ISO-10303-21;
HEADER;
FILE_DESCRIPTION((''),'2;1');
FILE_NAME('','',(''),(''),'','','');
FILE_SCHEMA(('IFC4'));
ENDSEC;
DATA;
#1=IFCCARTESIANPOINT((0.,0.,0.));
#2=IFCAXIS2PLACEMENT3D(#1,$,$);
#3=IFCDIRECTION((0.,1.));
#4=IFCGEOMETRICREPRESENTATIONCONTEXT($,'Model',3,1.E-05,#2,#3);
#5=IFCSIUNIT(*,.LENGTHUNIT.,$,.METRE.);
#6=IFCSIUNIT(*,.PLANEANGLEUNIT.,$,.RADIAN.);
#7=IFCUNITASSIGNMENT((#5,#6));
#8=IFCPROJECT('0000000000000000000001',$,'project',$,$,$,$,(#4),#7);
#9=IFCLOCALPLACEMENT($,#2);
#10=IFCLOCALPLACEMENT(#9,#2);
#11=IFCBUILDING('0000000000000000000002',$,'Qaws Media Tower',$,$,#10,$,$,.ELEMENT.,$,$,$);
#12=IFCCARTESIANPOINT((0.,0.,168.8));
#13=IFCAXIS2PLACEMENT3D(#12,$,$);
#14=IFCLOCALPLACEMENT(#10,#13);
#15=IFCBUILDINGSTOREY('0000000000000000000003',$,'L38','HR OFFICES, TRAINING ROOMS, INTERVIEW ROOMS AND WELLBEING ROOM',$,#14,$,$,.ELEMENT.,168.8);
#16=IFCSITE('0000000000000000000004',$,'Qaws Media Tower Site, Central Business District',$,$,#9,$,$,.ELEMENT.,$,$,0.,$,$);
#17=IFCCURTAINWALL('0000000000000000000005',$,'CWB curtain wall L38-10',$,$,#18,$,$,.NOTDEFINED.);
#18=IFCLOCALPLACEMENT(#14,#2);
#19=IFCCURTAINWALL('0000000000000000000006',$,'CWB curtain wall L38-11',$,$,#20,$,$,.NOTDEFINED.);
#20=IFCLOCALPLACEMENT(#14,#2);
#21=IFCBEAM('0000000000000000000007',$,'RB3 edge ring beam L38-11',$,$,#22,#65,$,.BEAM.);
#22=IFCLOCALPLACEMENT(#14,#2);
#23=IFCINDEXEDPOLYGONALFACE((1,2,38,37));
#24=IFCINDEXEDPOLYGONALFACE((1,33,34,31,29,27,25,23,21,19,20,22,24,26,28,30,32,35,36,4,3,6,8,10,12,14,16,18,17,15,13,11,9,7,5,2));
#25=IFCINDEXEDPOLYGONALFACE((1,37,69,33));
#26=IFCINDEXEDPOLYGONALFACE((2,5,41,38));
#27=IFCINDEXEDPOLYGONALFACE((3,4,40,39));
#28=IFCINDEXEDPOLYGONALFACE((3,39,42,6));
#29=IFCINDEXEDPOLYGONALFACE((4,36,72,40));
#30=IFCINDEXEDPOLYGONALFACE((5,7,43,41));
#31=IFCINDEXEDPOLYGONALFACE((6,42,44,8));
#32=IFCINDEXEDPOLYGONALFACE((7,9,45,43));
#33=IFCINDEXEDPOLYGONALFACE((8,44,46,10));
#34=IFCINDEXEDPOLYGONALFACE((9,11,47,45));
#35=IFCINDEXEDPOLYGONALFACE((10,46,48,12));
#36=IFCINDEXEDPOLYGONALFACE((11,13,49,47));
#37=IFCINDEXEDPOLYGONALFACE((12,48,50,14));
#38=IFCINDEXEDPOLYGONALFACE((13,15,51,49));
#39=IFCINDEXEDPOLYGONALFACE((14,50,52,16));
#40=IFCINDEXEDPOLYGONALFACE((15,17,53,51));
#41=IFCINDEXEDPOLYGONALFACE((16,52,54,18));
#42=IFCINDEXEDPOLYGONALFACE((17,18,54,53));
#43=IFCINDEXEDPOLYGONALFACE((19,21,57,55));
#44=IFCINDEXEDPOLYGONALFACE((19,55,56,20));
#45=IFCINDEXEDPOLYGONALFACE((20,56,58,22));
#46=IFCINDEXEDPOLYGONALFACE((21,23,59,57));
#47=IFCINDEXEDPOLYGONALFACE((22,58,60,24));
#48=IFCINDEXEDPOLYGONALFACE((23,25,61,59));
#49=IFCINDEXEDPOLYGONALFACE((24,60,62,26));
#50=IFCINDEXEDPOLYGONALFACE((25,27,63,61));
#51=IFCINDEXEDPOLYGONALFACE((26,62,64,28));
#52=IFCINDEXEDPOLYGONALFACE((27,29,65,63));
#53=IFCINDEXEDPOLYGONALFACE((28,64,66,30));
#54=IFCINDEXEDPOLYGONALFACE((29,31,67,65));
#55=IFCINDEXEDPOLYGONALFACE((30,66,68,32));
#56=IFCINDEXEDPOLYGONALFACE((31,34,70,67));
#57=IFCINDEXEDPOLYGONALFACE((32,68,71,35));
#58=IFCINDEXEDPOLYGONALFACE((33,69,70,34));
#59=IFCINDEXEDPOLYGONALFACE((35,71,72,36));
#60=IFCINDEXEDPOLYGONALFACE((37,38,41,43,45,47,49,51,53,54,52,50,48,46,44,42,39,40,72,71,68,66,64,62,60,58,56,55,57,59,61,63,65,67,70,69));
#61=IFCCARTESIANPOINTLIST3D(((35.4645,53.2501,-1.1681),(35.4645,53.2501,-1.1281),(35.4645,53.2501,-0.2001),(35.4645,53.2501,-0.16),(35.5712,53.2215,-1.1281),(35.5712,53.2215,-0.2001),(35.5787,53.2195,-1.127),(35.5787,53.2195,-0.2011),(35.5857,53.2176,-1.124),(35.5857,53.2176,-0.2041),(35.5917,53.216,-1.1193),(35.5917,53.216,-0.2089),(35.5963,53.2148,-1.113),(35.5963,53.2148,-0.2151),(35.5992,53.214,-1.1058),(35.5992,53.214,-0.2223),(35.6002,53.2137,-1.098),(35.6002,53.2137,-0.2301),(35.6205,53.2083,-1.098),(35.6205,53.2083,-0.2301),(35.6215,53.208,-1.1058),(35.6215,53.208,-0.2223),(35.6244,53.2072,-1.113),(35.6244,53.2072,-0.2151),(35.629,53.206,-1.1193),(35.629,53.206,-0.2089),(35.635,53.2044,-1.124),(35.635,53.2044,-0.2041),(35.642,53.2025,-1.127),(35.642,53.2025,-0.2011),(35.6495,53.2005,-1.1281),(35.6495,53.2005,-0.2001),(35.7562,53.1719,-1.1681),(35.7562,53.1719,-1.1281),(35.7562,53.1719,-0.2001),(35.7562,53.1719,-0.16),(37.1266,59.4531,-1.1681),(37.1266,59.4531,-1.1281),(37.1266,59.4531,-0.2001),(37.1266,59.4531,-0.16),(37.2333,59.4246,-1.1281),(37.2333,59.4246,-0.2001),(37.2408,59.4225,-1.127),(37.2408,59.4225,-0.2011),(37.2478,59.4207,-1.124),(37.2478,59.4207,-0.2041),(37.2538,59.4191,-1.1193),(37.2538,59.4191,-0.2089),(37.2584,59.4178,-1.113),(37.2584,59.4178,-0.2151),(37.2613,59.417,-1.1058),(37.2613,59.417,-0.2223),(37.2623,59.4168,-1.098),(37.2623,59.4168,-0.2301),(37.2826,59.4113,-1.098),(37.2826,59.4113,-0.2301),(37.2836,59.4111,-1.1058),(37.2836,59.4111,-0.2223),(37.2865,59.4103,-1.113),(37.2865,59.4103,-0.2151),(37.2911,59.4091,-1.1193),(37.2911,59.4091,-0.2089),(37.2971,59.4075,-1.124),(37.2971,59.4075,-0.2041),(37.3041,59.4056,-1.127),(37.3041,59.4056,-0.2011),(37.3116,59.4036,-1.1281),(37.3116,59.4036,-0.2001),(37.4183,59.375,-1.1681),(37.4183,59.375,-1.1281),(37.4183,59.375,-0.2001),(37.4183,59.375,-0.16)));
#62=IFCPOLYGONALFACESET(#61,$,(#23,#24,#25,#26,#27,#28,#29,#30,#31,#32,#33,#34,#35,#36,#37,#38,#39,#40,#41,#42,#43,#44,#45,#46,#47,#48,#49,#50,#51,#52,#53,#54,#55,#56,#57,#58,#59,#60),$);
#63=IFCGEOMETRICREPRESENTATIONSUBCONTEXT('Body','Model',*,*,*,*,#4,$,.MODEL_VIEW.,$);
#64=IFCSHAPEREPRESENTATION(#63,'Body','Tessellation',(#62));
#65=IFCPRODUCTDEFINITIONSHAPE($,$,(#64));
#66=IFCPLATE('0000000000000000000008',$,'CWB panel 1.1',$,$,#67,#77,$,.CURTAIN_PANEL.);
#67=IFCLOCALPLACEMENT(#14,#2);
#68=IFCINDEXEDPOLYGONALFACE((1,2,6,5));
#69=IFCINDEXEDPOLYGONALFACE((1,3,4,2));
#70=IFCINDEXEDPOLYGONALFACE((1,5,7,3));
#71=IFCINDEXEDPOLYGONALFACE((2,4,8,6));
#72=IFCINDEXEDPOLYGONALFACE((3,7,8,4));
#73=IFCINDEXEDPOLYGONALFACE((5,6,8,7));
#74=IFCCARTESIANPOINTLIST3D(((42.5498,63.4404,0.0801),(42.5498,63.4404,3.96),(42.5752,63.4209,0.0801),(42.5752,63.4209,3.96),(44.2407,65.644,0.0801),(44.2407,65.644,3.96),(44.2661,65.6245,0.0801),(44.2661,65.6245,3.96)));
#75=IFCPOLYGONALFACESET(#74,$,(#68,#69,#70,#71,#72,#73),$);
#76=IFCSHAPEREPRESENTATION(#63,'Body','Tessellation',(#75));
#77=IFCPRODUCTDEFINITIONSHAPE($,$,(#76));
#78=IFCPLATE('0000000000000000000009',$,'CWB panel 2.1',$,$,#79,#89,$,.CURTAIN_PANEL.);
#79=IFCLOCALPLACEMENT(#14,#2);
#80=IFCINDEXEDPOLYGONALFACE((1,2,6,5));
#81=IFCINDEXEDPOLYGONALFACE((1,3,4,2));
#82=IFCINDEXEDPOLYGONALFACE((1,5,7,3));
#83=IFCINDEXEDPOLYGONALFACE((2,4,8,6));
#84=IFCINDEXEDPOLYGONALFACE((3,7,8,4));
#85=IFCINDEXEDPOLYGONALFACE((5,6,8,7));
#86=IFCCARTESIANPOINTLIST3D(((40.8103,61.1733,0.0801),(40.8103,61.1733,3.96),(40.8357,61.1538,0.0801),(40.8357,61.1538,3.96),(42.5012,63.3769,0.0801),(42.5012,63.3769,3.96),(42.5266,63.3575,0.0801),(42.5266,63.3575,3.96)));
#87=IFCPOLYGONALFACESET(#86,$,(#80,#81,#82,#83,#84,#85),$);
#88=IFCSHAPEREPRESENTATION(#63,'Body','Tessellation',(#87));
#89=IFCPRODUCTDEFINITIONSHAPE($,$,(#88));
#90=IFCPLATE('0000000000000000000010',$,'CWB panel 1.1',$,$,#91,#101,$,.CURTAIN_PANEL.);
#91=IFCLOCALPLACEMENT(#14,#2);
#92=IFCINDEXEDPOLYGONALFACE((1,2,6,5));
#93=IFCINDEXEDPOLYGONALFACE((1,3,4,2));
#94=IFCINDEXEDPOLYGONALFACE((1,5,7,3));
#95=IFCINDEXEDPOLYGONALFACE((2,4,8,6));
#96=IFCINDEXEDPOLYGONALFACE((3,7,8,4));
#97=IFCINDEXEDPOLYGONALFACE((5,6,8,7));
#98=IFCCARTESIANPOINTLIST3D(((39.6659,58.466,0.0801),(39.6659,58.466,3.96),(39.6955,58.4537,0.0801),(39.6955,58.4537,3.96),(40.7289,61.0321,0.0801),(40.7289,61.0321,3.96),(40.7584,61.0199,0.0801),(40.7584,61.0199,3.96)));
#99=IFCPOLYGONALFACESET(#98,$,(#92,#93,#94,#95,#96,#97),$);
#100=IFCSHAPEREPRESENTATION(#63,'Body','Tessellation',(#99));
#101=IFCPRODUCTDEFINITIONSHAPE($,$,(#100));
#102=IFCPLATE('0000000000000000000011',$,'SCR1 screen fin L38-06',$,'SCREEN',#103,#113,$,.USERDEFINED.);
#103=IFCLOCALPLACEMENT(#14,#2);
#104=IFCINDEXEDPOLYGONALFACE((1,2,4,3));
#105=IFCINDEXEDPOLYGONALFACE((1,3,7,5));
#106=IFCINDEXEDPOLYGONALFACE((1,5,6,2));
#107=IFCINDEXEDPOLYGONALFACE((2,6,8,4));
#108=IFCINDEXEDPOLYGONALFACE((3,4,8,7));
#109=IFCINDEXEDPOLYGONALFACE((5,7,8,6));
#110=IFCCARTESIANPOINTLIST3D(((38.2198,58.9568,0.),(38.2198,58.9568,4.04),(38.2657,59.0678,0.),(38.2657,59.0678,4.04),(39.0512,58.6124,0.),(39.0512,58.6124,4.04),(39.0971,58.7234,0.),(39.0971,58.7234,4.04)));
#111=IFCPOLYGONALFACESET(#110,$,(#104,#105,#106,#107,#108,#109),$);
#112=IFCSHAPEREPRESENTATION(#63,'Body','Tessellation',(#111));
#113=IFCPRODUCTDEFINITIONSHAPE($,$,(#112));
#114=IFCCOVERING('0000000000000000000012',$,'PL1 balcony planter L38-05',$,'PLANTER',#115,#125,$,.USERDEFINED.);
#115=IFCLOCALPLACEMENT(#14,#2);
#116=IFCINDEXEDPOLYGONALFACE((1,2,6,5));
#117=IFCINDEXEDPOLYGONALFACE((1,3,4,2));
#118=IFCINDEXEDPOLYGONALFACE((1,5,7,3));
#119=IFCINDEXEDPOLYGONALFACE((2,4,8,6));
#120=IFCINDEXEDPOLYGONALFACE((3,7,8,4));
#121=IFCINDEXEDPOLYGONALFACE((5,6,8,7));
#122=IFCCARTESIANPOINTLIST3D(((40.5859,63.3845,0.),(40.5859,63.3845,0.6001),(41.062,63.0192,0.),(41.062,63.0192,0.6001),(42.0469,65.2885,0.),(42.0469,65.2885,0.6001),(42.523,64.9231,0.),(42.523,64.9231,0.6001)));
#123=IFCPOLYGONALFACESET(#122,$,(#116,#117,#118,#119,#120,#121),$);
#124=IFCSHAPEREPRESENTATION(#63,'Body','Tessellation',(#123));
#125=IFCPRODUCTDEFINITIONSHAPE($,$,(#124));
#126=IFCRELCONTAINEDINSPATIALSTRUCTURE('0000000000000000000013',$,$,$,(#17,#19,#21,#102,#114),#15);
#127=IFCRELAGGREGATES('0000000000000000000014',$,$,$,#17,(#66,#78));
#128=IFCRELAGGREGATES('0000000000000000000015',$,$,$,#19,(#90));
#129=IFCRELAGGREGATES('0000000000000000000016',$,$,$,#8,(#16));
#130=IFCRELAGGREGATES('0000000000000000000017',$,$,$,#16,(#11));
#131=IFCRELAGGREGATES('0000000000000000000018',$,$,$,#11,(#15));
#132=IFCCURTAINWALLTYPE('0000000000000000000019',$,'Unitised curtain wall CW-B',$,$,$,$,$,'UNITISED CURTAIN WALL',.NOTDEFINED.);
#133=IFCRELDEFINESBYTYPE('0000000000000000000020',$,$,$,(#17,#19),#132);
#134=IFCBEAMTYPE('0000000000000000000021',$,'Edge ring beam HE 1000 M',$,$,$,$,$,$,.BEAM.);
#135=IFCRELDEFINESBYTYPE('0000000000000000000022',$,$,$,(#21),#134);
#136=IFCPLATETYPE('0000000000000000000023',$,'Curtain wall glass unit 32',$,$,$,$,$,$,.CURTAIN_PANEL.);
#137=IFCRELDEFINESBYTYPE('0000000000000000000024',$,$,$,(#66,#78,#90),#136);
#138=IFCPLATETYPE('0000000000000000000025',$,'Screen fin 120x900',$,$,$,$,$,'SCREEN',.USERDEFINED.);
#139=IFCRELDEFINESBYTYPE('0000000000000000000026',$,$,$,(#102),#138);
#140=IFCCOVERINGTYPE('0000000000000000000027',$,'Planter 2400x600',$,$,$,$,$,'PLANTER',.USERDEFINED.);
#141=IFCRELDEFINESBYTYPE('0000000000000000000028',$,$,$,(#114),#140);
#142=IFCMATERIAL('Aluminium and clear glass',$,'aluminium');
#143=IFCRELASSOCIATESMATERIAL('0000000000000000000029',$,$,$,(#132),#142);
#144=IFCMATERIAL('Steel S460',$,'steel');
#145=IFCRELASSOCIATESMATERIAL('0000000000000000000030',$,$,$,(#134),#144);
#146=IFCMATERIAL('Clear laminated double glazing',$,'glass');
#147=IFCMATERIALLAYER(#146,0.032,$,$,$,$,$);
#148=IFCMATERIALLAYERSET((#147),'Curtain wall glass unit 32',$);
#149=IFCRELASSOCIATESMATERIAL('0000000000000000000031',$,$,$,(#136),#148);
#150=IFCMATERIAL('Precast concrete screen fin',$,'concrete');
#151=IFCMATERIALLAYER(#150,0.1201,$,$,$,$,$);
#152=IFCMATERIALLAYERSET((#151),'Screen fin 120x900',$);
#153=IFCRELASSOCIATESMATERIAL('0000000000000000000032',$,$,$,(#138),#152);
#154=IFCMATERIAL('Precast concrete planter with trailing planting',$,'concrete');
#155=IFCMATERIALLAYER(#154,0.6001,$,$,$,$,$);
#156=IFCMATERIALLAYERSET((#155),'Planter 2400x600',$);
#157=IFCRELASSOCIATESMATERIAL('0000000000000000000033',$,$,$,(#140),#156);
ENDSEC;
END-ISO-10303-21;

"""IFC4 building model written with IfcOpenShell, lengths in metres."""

from ifc_helpers import new_model, si_unit, direction, frame, origin, origin_2d, place, context, subcontext, project, spatial, rectangle, i_section, extrude, material, layer, layer_set, material_profile, profile_set, type_object, element, aggregate, save


model = new_model("IFC4")

# Units and contexts
model_context = context("Model", 3, precision=1e-05, world=origin(), true_north=direction((0.0, 1.0)))
body_context = subcontext(model_context, "Body", "Model", "MODEL_VIEW")
ifc_project = project(units=[si_unit("LENGTHUNIT", "METRE"), si_unit("PLANEANGLEUNIT", "RADIAN")], contexts=[model_context])

# Site, building, storey
site_placement = place(None, origin())
site = spatial("IfcSite", under=ifc_project, at=site_placement, Name="Qaws Media Tower Site, Central Business District", CompositionType="ELEMENT", RefElevation=0.0)
building_placement = place(site_placement, origin())
building = spatial("IfcBuilding", under=site, at=building_placement, Name="Qaws Media Tower", CompositionType="ELEMENT")
storey_placement = place(building_placement, frame((0.0, 0.0, 168.8)))
storey = spatial("IfcBuildingStorey", under=building, at=storey_placement, Name="L38", Description="HR OFFICES, TRAINING ROOMS, INTERVIEW ROOMS AND WELLBEING ROOM", CompositionType="ELEMENT", Elevation=168.8)

# Shared definitions
ifc_material_1 = material(Name="Aluminium and clear glass", Category="aluminium")
curtain_wall_type = type_object("IfcCurtainWallType", Name="Unitised curtain wall CW-B", ElementType="UNITISED CURTAIN WALL", PredefinedType="NOTDEFINED", material=ifc_material_1)

# Curtain walls
curtain_wall_1_placement = place(storey_placement, origin())
curtain_wall_1 = element("IfcCurtainWall", 1, at=curtain_wall_1_placement, inside=storey, type_object=curtain_wall_type, Name="CWB curtain wall L38-10", PredefinedType="NOTDEFINED")
curtain_wall_2_placement = place(storey_placement, origin())
curtain_wall_2 = element("IfcCurtainWall", 2, at=curtain_wall_2_placement, inside=storey, type_object=curtain_wall_type, Name="CWB curtain wall L38-11", PredefinedType="NOTDEFINED")

# Beam
ifc_material_2 = material(Name="Steel S460", Category="steel")
ifc_material_profile_1 = material_profile(ifc_material_2, i_section(OverallWidth=0.302, OverallDepth=1.0081, WebThickness=0.021, FlangeThickness=0.04, FilletRadius=0.03, at=origin_2d()), Name="HE 1000 M")
ifc_profile_set_1 = profile_set([ifc_material_profile_1], Name="Steel S460")
beam_type = type_object("IfcBeamType", Name="Edge ring beam HE 1000 M", PredefinedType="BEAM", material=ifc_profile_set_1)
for number, where, z_axis, x_axis, name in (
    (3, (37.2725, 59.4141, -0.6641), (-0.258817, -0.965926, 0.0), (0.965926, -0.258817, 0.0), "RB3 edge ring beam L38-11"),
):
    element("IfcBeam", number, at=place(storey_placement, frame(where, z_axis=z_axis, x_axis=x_axis)), inside=storey, type_object=beam_type, Name=name, PredefinedType="BEAM", context=body_context, shape_type="SweptSolid", body=[
        extrude(i_section(OverallWidth=0.302, OverallDepth=1.0081, WebThickness=0.021, FlangeThickness=0.04, FilletRadius=0.03, at=origin_2d()), origin(), (0.0, 0.0, 1.0), 6.4219),
    ])

# Plates
ifc_material_3 = material(Name="Clear laminated double glazing", Category="glass")
ifc_layer_1 = layer(ifc_material_3, 0.032)
ifc_layer_set_1 = layer_set([ifc_layer_1], Name="Curtain wall glass unit 32")
plate_type_1 = type_object("IfcPlateType", Name="Curtain wall glass unit 32", PredefinedType="CURTAIN_PANEL", material=ifc_layer_set_1)
plate_1_placement = place(storey_placement, frame((43.408, 64.5325, 0.0801), z_axis=(0.0, 0.0, 1.0), x_axis=(-0.608761, -0.793353, 0.0)))
plate_1 = element("IfcPlate", 4, at=plate_1_placement, type_object=plate_type_1, Name="CWB panel 1.1", PredefinedType="CURTAIN_PANEL", context=body_context, shape_type="SweptSolid", body=[
    extrude(rectangle(XDim=2.7776, YDim=0.032, at=origin_2d()), origin(), (0.0, 0.0, 1.0), 3.8799),
])
plate_2_placement = place(storey_placement, frame((41.6685, 62.2654, 0.0801), z_axis=(0.0, 0.0, 1.0), x_axis=(-0.608761, -0.793353, 0.0)))
plate_2 = element("IfcPlate", 5, at=plate_2_placement, type_object=plate_type_1, Name="CWB panel 2.1", PredefinedType="CURTAIN_PANEL", context=body_context, shape_type="SweptSolid", body=[
    extrude(rectangle(XDim=2.7776, YDim=0.032, at=origin_2d()), origin(), (0.0, 0.0, 1.0), 3.8799),
])
aggregate(curtain_wall_1, [plate_1, plate_2])
plate_3_placement = place(storey_placement, frame((40.2122, 59.7429, 0.0801), z_axis=(0.0, 0.0, 1.0), x_axis=(-0.382683, -0.92388, 0.0)))
plate_3 = element("IfcPlate", 6, at=plate_3_placement, type_object=plate_type_1, Name="CWB panel 1.1", PredefinedType="CURTAIN_PANEL", context=body_context, shape_type="SweptSolid", body=[
    extrude(rectangle(XDim=2.7776, YDim=0.032, at=origin_2d()), origin(), (0.0, 0.0, 1.0), 3.8799),
])
aggregate(curtain_wall_2, [plate_3])
ifc_material_4 = material(Name="Precast concrete screen fin", Category="concrete")
ifc_layer_2 = layer(ifc_material_4, 0.1201)
ifc_layer_set_2 = layer_set([ifc_layer_2], Name="Screen fin 120x900")
plate_type_2 = type_object("IfcPlateType", Name="Screen fin 120x900", ElementType="SCREEN", PredefinedType="USERDEFINED", material=ifc_layer_set_2)
plate_4_placement = place(storey_placement, frame((38.6584, 58.8401, 0.0), z_axis=(0.0, 0.0, 1.0), x_axis=(-0.92388, 0.382683, 0.0)))
element("IfcPlate", 7, at=plate_4_placement, inside=storey, type_object=plate_type_2, Name="SCR1 screen fin L38-06", ObjectType="SCREEN", PredefinedType="USERDEFINED", context=body_context, shape_type="SweptSolid", body=[
    extrude(rectangle(XDim=0.8999, YDim=0.1201, at=origin_2d()), origin(), (0.0, 0.0, 1.0), 4.04),
])

# Covering
ifc_material_5 = material(Name="Precast concrete planter with trailing planting", Category="concrete")
ifc_layer_3 = layer(ifc_material_5, 0.6001)
ifc_layer_set_3 = layer_set([ifc_layer_3], Name="Planter 2400x600")
covering_type = type_object("IfcCoveringType", Name="Planter 2400x600", ElementType="PLANTER", PredefinedType="USERDEFINED", material=ifc_layer_set_3)
covering_placement = place(storey_placement, frame((41.5544, 64.1538, 0.0), z_axis=(0.0, 0.0, 1.0), x_axis=(-0.608761, -0.793353, 0.0)))
element("IfcCovering", 8, at=covering_placement, inside=storey, type_object=covering_type, Name="PL1 balcony planter L38-05", ObjectType="PLANTER", PredefinedType="USERDEFINED", context=body_context, shape_type="SweptSolid", body=[
    extrude(rectangle(XDim=2.3999, YDim=0.6001, at=origin_2d()), origin(), (0.0, 0.0, 1.0), 0.6001),
])

save(model, "model.ifc")
